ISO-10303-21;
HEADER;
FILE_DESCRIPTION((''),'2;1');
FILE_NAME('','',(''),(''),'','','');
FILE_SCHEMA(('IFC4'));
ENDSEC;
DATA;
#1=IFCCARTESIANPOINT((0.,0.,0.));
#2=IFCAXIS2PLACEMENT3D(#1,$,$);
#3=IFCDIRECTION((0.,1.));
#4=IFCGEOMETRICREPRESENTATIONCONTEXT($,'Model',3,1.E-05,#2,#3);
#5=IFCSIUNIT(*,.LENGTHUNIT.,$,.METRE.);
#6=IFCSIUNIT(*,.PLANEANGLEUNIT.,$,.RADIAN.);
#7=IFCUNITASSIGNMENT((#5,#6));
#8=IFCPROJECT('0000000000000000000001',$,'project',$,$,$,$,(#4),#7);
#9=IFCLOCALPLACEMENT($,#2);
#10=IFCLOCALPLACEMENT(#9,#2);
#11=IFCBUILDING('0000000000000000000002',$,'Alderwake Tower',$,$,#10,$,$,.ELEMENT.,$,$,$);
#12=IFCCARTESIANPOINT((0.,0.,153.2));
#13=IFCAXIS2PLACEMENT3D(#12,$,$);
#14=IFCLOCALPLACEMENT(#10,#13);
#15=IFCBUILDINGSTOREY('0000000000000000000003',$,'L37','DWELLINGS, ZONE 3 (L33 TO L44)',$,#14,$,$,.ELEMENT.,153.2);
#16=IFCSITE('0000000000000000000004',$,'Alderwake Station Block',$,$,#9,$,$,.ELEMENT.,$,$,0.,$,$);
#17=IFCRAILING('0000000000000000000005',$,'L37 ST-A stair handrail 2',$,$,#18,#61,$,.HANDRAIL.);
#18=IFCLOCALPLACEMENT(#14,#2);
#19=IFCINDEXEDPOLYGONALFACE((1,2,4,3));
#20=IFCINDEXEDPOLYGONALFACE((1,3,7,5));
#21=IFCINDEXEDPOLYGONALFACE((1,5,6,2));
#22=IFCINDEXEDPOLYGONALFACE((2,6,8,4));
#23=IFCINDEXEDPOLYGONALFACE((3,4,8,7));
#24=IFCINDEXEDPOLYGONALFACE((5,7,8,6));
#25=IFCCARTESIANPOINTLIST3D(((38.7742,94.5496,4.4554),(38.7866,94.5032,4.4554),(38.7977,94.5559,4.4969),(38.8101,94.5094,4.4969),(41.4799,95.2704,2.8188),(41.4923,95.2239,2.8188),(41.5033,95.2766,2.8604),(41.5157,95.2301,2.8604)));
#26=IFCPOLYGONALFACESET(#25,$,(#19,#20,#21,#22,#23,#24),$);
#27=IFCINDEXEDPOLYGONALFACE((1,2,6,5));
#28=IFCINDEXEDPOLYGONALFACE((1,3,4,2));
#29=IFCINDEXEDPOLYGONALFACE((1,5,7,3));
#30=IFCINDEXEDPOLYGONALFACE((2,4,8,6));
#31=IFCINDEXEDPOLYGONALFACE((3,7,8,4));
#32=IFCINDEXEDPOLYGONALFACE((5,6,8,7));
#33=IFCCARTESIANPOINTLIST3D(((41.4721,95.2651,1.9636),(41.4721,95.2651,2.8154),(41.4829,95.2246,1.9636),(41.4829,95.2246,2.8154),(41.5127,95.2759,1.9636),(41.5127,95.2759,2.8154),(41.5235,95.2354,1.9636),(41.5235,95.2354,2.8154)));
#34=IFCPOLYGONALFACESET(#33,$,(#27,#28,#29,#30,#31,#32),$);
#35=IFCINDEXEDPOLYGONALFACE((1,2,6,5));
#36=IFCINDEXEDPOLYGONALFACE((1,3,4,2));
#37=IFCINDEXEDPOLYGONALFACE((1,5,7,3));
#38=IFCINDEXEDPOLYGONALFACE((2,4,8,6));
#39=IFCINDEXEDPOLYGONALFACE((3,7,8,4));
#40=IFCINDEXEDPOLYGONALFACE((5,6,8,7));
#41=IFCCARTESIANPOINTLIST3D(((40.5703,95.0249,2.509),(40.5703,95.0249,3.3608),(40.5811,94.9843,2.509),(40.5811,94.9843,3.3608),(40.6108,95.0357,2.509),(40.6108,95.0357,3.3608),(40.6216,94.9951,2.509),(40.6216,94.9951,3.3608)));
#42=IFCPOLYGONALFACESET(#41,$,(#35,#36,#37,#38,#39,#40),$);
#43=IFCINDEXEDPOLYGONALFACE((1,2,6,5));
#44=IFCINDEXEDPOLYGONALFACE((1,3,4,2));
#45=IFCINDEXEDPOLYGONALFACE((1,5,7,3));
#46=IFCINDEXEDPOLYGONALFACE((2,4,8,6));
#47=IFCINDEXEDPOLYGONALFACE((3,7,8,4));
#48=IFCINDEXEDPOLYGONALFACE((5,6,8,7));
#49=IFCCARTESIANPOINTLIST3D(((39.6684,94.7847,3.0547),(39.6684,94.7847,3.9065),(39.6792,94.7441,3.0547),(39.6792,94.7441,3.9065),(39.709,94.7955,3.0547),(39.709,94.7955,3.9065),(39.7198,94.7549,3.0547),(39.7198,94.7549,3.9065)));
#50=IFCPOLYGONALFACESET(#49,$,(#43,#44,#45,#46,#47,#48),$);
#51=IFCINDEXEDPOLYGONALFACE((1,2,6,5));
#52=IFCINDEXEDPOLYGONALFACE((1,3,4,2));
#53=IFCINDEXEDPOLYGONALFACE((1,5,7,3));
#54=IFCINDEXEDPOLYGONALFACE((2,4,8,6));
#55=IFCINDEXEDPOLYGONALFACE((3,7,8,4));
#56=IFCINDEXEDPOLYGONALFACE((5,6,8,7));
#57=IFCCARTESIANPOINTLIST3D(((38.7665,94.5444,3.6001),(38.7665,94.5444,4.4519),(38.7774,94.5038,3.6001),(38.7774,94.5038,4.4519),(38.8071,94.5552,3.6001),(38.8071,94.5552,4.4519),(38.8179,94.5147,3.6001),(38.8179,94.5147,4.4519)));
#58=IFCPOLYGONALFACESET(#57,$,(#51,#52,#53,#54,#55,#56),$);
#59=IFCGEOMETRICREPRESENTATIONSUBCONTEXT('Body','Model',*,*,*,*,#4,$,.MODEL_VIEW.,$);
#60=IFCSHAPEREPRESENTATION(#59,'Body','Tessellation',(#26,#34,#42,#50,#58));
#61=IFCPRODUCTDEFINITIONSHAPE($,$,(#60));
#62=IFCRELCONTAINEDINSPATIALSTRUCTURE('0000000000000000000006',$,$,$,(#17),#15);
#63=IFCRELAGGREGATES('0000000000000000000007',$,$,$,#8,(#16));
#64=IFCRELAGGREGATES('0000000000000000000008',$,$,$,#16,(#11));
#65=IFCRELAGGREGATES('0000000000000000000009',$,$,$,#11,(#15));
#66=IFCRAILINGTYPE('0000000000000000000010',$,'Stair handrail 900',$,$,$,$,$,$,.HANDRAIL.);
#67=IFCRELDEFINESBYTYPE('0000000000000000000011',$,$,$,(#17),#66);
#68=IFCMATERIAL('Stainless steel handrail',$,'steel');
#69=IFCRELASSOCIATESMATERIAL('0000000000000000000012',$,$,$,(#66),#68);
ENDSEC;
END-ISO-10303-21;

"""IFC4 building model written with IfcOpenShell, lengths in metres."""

from ifc_helpers import new_model, si_unit, direction, frame, origin, origin_2d, place, context, subcontext, project, spatial, rectangle, extrude, material, type_object, element, save


model = new_model("IFC4")

# Units and contexts
model_context = context("Model", 3, precision=1e-05, world=origin(), true_north=direction((0.0, 1.0)))
body_context = subcontext(model_context, "Body", "Model", "MODEL_VIEW")
ifc_project = project(units=[si_unit("LENGTHUNIT", "METRE"), si_unit("PLANEANGLEUNIT", "RADIAN")], contexts=[model_context])

# Site, building, storey
site_placement = place(None, origin())
site = spatial("IfcSite", under=ifc_project, at=site_placement, Name="Alderwake Station Block", CompositionType="ELEMENT", RefElevation=0.0)
building_placement = place(site_placement, origin())
building = spatial("IfcBuilding", under=site, at=building_placement, Name="Alderwake Tower", CompositionType="ELEMENT")
storey_placement = place(building_placement, frame((0.0, 0.0, 153.2)))
storey = spatial("IfcBuildingStorey", under=building, at=storey_placement, Name="L37", Description="DWELLINGS, ZONE 3 (L33 TO L44)", CompositionType="ELEMENT", Elevation=153.2)

# Railing
ifc_material_1 = material(Name="Stainless steel handrail", Category="steel")
railing_type_1 = type_object("IfcRailingType", Name="Stair handrail 900", PredefinedType="HANDRAIL", material=ifc_material_1)
railing_1_placement = place(storey_placement, frame((41.4978, 95.2502, 1.9636)))
element("IfcRailing", 1, at=railing_1_placement, inside=storey, type_object=railing_type_1, Name="L37 ST-A stair handrail 2", PredefinedType="HANDRAIL", context=body_context, shape_type="SweptSolid", body=[
    extrude(rectangle(XDim=0.0481, YDim=0.0481, at=origin_2d()), frame((0.0, 0.0, 0.876), z_axis=(-0.834259, -0.222228, 0.504605), x_axis=(0.257402, -0.966304, 0.0)), (0.0, 0.0, 1.0), 3.2432),
    extrude(rectangle(XDim=0.042, YDim=0.042, at=origin_2d()), frame((0.0, 0.0, 0.0), z_axis=(0.0, 0.0, 1.0), x_axis=(-0.966304, -0.257402, 0.0)), (0.0, 0.0, 1.0), 0.8518),
    extrude(rectangle(XDim=0.042, YDim=0.042, at=origin_2d()), frame((-0.9019, -0.2402, 0.5454), z_axis=(0.0, 0.0, 1.0), x_axis=(-0.966304, -0.257402, 0.0)), (0.0, 0.0, 1.0), 0.8518),
    extrude(rectangle(XDim=0.042, YDim=0.042, at=origin_2d()), frame((-1.8037, -0.4805, 1.0911), z_axis=(0.0, 0.0, 1.0), x_axis=(-0.966304, -0.257402, 0.0)), (0.0, 0.0, 1.0), 0.8518),
    extrude(rectangle(XDim=0.042, YDim=0.042, at=origin_2d()), frame((-2.7056, -0.7207, 1.6365), z_axis=(0.0, 0.0, 1.0), x_axis=(-0.966304, -0.257402, 0.0)), (0.0, 0.0, 1.0), 0.8518),
])

save(model, "model.ifc")
